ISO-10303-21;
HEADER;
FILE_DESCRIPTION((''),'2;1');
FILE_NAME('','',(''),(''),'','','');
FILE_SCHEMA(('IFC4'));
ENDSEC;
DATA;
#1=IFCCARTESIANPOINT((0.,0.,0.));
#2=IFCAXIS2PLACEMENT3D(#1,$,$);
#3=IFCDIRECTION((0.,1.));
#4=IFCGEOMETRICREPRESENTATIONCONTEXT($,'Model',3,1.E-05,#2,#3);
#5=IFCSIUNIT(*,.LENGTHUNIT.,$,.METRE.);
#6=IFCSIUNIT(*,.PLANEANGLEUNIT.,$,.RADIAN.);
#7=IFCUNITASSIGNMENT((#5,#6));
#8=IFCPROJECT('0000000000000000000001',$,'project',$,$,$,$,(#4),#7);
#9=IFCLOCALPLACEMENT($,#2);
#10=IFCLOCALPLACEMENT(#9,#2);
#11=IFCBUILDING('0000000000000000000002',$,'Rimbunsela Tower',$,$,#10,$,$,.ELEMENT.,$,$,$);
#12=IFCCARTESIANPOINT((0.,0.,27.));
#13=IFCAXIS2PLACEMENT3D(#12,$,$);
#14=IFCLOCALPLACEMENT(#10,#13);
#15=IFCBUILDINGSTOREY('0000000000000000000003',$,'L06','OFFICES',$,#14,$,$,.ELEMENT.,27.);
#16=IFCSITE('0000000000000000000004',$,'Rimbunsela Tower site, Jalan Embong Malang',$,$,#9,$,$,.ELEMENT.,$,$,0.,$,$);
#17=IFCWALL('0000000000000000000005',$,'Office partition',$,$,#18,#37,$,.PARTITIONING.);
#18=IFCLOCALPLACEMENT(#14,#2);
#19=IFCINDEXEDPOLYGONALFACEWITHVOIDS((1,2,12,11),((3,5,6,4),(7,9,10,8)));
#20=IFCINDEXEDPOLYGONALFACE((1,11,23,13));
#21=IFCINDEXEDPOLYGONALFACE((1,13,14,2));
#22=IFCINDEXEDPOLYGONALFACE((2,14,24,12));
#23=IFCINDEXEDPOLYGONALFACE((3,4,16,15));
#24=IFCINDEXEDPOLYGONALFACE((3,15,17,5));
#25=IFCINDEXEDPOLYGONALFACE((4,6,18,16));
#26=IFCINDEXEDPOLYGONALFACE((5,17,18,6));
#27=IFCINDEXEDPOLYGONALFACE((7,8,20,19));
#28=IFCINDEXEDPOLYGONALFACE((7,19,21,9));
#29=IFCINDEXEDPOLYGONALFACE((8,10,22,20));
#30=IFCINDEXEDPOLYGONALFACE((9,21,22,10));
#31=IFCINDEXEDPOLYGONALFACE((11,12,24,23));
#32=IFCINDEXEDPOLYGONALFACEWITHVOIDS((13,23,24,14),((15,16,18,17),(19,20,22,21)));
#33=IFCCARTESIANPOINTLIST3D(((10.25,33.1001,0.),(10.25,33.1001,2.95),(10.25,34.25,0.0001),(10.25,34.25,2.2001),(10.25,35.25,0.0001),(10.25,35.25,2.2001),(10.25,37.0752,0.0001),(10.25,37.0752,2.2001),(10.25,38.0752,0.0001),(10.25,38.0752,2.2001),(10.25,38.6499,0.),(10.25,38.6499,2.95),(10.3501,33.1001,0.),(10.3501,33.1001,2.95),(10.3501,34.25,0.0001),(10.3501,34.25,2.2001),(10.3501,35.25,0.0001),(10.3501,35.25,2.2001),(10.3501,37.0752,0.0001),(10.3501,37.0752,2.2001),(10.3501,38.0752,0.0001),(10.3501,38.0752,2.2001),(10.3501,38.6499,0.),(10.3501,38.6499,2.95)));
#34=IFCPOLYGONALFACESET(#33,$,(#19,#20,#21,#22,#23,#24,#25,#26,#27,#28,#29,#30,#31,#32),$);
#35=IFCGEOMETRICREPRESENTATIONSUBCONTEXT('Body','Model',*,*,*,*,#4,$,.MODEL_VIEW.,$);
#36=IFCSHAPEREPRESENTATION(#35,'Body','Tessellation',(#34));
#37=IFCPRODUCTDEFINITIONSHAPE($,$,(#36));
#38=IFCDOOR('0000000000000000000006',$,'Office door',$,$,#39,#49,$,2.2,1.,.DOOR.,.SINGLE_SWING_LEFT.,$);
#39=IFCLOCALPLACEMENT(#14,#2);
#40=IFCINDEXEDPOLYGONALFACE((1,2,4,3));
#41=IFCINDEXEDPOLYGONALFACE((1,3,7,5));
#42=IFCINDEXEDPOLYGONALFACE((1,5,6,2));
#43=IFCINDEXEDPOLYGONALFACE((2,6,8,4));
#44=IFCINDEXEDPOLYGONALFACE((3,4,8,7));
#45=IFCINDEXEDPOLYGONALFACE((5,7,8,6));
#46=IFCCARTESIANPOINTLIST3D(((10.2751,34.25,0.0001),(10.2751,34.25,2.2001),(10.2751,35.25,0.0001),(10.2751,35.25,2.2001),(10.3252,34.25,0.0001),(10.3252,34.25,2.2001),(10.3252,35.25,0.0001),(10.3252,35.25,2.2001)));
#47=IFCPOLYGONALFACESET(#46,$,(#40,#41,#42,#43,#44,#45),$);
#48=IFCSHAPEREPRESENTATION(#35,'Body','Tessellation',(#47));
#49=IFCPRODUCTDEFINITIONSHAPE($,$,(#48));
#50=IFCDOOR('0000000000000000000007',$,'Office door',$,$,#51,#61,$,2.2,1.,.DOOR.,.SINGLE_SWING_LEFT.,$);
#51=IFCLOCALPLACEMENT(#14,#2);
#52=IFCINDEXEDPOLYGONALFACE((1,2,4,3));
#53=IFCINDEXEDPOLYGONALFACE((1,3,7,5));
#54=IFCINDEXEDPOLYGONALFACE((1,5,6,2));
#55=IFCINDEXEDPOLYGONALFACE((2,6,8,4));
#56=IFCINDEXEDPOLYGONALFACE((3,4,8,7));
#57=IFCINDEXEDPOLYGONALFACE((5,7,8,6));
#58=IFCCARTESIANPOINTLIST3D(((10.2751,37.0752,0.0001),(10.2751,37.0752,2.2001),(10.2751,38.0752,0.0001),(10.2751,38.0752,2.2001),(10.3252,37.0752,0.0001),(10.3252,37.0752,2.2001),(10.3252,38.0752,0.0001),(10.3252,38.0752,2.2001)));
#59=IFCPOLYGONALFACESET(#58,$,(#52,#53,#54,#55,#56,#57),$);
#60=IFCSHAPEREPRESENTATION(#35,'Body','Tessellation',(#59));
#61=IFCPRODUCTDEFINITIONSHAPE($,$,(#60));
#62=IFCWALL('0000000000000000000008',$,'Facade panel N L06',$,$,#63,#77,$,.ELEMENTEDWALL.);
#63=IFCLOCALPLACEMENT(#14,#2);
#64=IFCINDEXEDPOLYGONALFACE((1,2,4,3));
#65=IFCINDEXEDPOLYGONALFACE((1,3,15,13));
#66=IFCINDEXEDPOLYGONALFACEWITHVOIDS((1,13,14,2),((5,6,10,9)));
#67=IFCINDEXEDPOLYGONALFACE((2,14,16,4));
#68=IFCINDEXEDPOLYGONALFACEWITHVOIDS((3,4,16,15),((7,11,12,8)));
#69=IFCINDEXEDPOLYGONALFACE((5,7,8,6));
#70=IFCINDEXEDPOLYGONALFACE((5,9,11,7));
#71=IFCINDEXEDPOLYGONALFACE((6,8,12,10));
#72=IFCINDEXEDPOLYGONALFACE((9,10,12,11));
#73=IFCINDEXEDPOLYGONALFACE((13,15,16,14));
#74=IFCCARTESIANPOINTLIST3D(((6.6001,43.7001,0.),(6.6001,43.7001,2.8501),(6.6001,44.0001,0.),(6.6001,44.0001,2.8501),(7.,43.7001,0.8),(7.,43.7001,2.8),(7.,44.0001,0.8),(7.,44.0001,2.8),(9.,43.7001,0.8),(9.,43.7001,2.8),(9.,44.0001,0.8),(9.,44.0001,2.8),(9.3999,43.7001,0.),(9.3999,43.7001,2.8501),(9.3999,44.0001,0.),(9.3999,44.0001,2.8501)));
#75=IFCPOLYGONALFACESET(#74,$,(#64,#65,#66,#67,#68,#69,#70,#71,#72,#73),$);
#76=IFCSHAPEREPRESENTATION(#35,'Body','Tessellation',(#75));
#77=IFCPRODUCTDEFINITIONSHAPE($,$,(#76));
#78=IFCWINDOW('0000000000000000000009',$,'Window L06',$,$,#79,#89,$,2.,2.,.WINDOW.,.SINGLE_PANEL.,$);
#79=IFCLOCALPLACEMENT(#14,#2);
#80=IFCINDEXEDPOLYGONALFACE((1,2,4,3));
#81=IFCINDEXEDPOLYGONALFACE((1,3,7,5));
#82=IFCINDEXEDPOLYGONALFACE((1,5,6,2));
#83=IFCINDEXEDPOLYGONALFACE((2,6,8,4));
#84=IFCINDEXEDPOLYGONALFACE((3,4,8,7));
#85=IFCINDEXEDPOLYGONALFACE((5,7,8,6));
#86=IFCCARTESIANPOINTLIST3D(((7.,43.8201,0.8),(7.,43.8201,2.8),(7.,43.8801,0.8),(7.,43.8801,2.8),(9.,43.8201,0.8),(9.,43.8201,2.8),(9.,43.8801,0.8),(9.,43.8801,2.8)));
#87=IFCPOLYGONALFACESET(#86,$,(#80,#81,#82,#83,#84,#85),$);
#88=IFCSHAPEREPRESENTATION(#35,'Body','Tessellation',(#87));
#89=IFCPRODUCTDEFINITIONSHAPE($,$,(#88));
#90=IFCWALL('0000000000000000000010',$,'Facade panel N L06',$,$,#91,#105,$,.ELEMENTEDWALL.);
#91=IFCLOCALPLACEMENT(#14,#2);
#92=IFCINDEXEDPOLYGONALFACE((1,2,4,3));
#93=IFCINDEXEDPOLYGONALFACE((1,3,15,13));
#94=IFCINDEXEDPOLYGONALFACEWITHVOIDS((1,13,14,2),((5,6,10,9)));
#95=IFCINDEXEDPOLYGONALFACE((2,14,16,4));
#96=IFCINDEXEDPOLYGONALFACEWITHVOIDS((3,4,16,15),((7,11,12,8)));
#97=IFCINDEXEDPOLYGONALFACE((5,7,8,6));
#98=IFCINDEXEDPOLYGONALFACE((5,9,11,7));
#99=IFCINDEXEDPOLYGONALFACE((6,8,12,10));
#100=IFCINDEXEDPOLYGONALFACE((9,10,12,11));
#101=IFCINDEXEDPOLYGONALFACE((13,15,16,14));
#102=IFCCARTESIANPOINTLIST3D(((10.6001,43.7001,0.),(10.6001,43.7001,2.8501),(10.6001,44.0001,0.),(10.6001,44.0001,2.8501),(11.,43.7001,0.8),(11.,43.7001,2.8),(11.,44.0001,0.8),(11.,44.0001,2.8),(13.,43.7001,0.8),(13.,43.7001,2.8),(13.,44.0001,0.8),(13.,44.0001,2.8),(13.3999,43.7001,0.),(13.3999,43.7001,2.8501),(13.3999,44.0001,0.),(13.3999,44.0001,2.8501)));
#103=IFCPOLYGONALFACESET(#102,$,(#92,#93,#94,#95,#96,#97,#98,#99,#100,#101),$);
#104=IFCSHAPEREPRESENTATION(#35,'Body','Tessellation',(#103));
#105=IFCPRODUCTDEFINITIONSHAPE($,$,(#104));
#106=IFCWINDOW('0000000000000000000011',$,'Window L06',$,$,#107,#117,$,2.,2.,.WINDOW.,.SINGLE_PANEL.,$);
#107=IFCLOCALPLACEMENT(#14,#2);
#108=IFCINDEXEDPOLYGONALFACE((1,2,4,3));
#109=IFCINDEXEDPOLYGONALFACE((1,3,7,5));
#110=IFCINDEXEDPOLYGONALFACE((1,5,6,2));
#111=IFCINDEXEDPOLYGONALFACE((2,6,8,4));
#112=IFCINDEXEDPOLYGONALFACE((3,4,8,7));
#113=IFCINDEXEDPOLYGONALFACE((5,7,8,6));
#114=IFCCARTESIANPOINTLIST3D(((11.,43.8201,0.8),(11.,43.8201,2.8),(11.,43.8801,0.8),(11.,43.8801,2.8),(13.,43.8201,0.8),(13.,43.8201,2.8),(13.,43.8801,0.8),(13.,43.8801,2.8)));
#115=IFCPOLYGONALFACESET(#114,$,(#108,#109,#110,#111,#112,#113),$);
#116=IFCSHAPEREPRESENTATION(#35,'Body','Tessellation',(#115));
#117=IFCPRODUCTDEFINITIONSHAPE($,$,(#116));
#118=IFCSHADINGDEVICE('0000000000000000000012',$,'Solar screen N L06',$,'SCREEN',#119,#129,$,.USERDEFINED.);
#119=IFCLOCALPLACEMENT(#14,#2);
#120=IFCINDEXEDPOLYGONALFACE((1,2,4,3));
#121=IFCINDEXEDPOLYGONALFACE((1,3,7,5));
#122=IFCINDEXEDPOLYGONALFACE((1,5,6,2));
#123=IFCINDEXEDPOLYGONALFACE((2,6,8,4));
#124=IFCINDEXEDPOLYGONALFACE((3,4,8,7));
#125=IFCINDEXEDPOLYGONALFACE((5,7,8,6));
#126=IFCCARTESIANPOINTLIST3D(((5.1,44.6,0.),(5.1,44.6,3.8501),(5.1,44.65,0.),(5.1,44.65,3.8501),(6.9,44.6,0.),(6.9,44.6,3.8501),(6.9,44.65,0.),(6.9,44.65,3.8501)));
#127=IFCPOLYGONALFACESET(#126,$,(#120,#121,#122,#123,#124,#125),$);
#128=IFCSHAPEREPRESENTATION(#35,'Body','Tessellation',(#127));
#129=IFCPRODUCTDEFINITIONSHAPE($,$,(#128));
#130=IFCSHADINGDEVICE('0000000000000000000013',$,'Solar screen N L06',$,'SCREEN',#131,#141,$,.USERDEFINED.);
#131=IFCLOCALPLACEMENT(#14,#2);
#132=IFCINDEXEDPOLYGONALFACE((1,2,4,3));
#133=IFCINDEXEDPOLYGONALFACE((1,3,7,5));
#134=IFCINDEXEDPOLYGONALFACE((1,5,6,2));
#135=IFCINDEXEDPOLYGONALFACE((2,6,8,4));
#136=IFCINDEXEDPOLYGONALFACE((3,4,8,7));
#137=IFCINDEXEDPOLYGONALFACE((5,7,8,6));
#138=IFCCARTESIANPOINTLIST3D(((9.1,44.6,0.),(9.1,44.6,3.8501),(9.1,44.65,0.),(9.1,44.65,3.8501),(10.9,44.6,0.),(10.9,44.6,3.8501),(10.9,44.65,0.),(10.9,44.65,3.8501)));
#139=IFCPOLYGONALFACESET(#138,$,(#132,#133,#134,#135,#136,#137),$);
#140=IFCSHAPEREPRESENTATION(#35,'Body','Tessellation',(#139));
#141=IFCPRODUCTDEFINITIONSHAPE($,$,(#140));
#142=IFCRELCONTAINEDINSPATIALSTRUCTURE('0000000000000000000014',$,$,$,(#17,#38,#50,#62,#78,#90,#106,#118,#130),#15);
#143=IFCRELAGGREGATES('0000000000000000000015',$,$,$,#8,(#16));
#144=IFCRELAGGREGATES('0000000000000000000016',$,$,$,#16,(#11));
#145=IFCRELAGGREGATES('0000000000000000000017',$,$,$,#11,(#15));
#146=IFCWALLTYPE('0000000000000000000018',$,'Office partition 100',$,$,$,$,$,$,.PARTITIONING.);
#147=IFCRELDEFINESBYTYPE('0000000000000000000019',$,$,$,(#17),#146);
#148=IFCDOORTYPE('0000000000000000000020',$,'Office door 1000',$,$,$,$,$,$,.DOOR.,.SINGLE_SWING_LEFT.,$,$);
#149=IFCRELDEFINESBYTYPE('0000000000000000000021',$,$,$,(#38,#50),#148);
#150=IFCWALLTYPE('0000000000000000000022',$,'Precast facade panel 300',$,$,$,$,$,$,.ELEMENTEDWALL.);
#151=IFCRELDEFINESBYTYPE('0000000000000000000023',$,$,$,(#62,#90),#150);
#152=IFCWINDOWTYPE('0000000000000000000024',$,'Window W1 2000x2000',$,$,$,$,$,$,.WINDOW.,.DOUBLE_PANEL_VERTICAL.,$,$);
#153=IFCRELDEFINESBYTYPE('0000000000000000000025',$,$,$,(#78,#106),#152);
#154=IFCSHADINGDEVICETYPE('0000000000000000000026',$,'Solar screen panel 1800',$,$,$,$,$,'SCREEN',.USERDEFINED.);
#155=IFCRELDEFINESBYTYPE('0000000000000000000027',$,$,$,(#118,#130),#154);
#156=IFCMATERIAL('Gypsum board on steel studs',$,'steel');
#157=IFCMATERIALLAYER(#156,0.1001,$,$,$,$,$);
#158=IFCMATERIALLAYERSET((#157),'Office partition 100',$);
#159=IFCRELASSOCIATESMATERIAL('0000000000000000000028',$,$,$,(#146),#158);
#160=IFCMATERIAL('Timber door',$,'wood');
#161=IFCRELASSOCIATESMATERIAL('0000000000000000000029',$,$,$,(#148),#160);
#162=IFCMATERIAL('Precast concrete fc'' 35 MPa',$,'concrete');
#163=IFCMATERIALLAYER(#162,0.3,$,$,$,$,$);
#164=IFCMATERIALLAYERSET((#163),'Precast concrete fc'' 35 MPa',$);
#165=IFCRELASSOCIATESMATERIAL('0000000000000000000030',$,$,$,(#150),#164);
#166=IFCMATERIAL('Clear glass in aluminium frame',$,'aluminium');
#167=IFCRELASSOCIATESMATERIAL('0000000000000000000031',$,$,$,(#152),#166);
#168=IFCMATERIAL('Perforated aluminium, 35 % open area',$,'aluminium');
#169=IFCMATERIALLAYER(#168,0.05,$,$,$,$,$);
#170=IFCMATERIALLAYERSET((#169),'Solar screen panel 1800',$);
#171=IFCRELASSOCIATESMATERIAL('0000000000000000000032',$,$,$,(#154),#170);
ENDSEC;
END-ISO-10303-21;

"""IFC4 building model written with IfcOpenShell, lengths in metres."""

from ifc_helpers import new_model, si_unit, direction, frame, frame_2d, origin, origin_2d, place, context, subcontext, project, spatial, rectangle, extrude, material, layer, layer_set, type_object, element, fill, save


model = new_model("IFC4")

# Units and contexts
model_context = context("Model", 3, precision=1e-05, world=origin(), true_north=direction((0.0, 1.0)))
body_context = subcontext(model_context, "Body", "Model", "MODEL_VIEW")
ifc_project = project(units=[si_unit("LENGTHUNIT", "METRE"), si_unit("PLANEANGLEUNIT", "RADIAN")], contexts=[model_context])

# Site, building, storey
site_placement = place(None, origin())
site = spatial("IfcSite", under=ifc_project, at=site_placement, Name="Rimbunsela Tower site, Jalan Embong Malang", CompositionType="ELEMENT", RefElevation=0.0)
building_placement = place(site_placement, origin())
building = spatial("IfcBuilding", under=site, at=building_placement, Name="Rimbunsela Tower", CompositionType="ELEMENT")
storey_placement = place(building_placement, frame((0.0, 0.0, 27.0)))
storey = spatial("IfcBuildingStorey", under=building, at=storey_placement, Name="L06", Description="OFFICES", CompositionType="ELEMENT", Elevation=27.0)

# Shared definitions
ifc_material_1 = material(Name="Gypsum board on steel studs", Category="steel")
ifc_layer_1 = layer(ifc_material_1, 0.1001)
ifc_layer_set_1 = layer_set([ifc_layer_1], Name="Office partition 100")
wall_type_1 = type_object("IfcWallType", Name="Office partition 100", PredefinedType="PARTITIONING", material=ifc_layer_set_1)

# Wall, openings, doors
wall_1_placement = place(storey_placement, frame((10.3, 33.1001, 0.0), z_axis=(0.0, 0.0, 1.0), x_axis=(0.0, 1.0, 0.0)))
wall_1 = element("IfcWall", 1, at=wall_1_placement, inside=storey, type_object=wall_type_1, Name="Office partition", PredefinedType="PARTITIONING", context=body_context, shape_type="SweptSolid", body=[
    extrude(rectangle(XDim=5.5498, YDim=0.1001, at=frame_2d((2.7749, 0.0))), origin(), (0.0, 0.0, 1.0), 2.95),
])
opening_1_placement = place(wall_1_placement, frame((1.1499, 0.0, 0.0)))
opening_1 = element("IfcOpeningElement", 2, at=opening_1_placement, cuts=wall_1, PredefinedType="OPENING", context=body_context, shape_type="SweptSolid", body=[
    extrude(rectangle(XDim=1.0, YDim=2.2, at=frame_2d((0.5, 1.1001))), frame((0.0, 0.0601, 0.0), z_axis=(0.0, -1.0, 0.0), x_axis=(1.0, 0.0, 0.0)), (0.0, 0.0, 1.0), 0.1201),
])
opening_2_placement = place(wall_1_placement, frame((3.9751, 0.0, 0.0)))
opening_2 = element("IfcOpeningElement", 3, at=opening_2_placement, cuts=wall_1, PredefinedType="OPENING", context=body_context, shape_type="SweptSolid", body=[
    extrude(rectangle(XDim=1.0, YDim=2.2, at=frame_2d((0.5, 1.1001))), frame((0.0, 0.0601, 0.0), z_axis=(0.0, -1.0, 0.0), x_axis=(1.0, 0.0, 0.0)), (0.0, 0.0, 1.0), 0.1201),
])
ifc_material_2 = material(Name="Timber door", Category="wood")
door_type = type_object("IfcDoorType", Name="Office door 1000", OperationType="SINGLE_SWING_LEFT", PredefinedType="DOOR", material=ifc_material_2)
door_1_placement = place(opening_1_placement, origin())
door_1 = element("IfcDoor", 4, at=door_1_placement, inside=storey, type_object=door_type, Name="Office door", OperationType="SINGLE_SWING_LEFT", OverallHeight=2.2, OverallWidth=1.0, PredefinedType="DOOR", context=body_context, shape_type="SweptSolid", body=[
    extrude(rectangle(XDim=1.0, YDim=2.2, at=frame_2d((0.5, 1.1001))), frame((0.0, 0.0249, 0.0), z_axis=(0.0, -1.0, 0.0), x_axis=(1.0, 0.0, 0.0)), (0.0, 0.0, 1.0), 0.05),
])
fill(opening_1, door_1)
door_2_placement = place(opening_2_placement, origin())
door_2 = element("IfcDoor", 5, at=door_2_placement, inside=storey, type_object=door_type, Name="Office door", OperationType="SINGLE_SWING_LEFT", OverallHeight=2.2, OverallWidth=1.0, PredefinedType="DOOR", context=body_context, shape_type="SweptSolid", body=[
    extrude(rectangle(XDim=1.0, YDim=2.2, at=frame_2d((0.5, 1.1001))), frame((0.0, 0.0249, 0.0), z_axis=(0.0, -1.0, 0.0), x_axis=(1.0, 0.0, 0.0)), (0.0, 0.0, 1.0), 0.05),
])
fill(opening_2, door_2)

# Walls, openings, windows
ifc_material_3 = material(Name="Precast concrete fc' 35 MPa", Category="concrete")
ifc_layer_2 = layer(ifc_material_3, 0.3)
ifc_layer_set_2 = layer_set([ifc_layer_2], Name="Precast concrete fc' 35 MPa")
wall_type_2 = type_object("IfcWallType", Name="Precast facade panel 300", PredefinedType="ELEMENTEDWALL", material=ifc_layer_set_2)
wall_2_placement = place(storey_placement, frame((9.3999, 43.8501, 0.0), z_axis=(0.0, 0.0, 1.0), x_axis=(-1.0, 0.0, 0.0)))
wall_2 = element("IfcWall", 6, at=wall_2_placement, inside=storey, type_object=wall_type_2, Name="Facade panel N L06", PredefinedType="ELEMENTEDWALL", context=body_context, shape_type="SweptSolid", body=[
    extrude(rectangle(XDim=2.7998, YDim=0.3, at=frame_2d((1.3999, 0.0))), origin(), (0.0, 0.0, 1.0), 2.8501),
])
opening_3_placement = place(wall_2_placement, frame((0.3999, 0.0, 0.8)))
opening_3 = element("IfcOpeningElement", 7, at=opening_3_placement, cuts=wall_2, PredefinedType="OPENING", context=body_context, shape_type="SweptSolid", body=[
    extrude(rectangle(XDim=2.0, YDim=2.0, at=frame_2d((1.0, 1.0))), frame((0.0, 0.1599, 0.0), z_axis=(0.0, -1.0, 0.0), x_axis=(1.0, 0.0, 0.0)), (0.0, 0.0, 1.0), 0.3201),
])
ifc_material_4 = material(Name="Clear glass in aluminium frame", Category="aluminium")
window_type = type_object("IfcWindowType", Name="Window W1 2000x2000", PartitioningType="DOUBLE_PANEL_VERTICAL", PredefinedType="WINDOW", material=ifc_material_4)
window_1_placement = place(opening_3_placement, origin())
window_1 = element("IfcWindow", 8, at=window_1_placement, inside=storey, type_object=window_type, Name="Window L06", OverallHeight=2.0, OverallWidth=2.0, PartitioningType="SINGLE_PANEL", PredefinedType="WINDOW", context=body_context, shape_type="SweptSolid", body=[
    extrude(rectangle(XDim=2.0, YDim=2.0, at=frame_2d((1.0, 1.0))), frame((0.0, 0.03, 0.0), z_axis=(0.0, -1.0, 0.0), x_axis=(1.0, 0.0, 0.0)), (0.0, 0.0, 1.0), 0.0601),
])
fill(opening_3, window_1)
wall_3_placement = place(storey_placement, frame((13.3999, 43.8501, 0.0), z_axis=(0.0, 0.0, 1.0), x_axis=(-1.0, 0.0, 0.0)))
wall_3 = element("IfcWall", 9, at=wall_3_placement, inside=storey, type_object=wall_type_2, Name="Facade panel N L06", PredefinedType="ELEMENTEDWALL", context=body_context, shape_type="SweptSolid", body=[
    extrude(rectangle(XDim=2.7998, YDim=0.3, at=frame_2d((1.3999, 0.0))), origin(), (0.0, 0.0, 1.0), 2.8501),
])
opening_4_placement = place(wall_3_placement, frame((0.3999, 0.0, 0.8)))
opening_4 = element("IfcOpeningElement", 10, at=opening_4_placement, cuts=wall_3, PredefinedType="OPENING", context=body_context, shape_type="SweptSolid", body=[
    extrude(rectangle(XDim=2.0, YDim=2.0, at=frame_2d((1.0, 1.0))), frame((0.0, 0.1599, 0.0), z_axis=(0.0, -1.0, 0.0), x_axis=(1.0, 0.0, 0.0)), (0.0, 0.0, 1.0), 0.3201),
])
window_2_placement = place(opening_4_placement, origin())
window_2 = element("IfcWindow", 11, at=window_2_placement, inside=storey, type_object=window_type, Name="Window L06", OverallHeight=2.0, OverallWidth=2.0, PartitioningType="SINGLE_PANEL", PredefinedType="WINDOW", context=body_context, shape_type="SweptSolid", body=[
    extrude(rectangle(XDim=2.0, YDim=2.0, at=frame_2d((1.0, 1.0))), frame((0.0, 0.03, 0.0), z_axis=(0.0, -1.0, 0.0), x_axis=(1.0, 0.0, 0.0)), (0.0, 0.0, 1.0), 0.0601),
])
fill(opening_4, window_2)

# Shading devices
ifc_material_5 = material(Name="Perforated aluminium, 35 % open area", Category="aluminium")
ifc_layer_3 = layer(ifc_material_5, 0.05)
ifc_layer_set_3 = layer_set([ifc_layer_3], Name="Solar screen panel 1800")
shading_device_type = type_object("IfcShadingDeviceType", Name="Solar screen panel 1800", ElementType="SCREEN", PredefinedType="USERDEFINED", material=ifc_layer_set_3)
for number, where, z_axis, x_axis, name in (
    (12, (6.0, 44.625, 0.0), (0.0, 0.0, 1.0), (1.0, 0.0, 0.0), "Solar screen N L06"),
    (13, (10.0, 44.625, 0.0), (0.0, 0.0, 1.0), (1.0, 0.0, 0.0), "Solar screen N L06"),
):
    element("IfcShadingDevice", number, at=place(storey_placement, frame(where, z_axis=z_axis, x_axis=x_axis)), inside=storey, type_object=shading_device_type, Name=name, ObjectType="SCREEN", PredefinedType="USERDEFINED", context=body_context, shape_type="SweptSolid", body=[
        extrude(rectangle(XDim=1.8, YDim=0.05, at=origin_2d()), origin(), (0.0, 0.0, 1.0), 3.8501),
    ])

save(model, "model.ifc")
